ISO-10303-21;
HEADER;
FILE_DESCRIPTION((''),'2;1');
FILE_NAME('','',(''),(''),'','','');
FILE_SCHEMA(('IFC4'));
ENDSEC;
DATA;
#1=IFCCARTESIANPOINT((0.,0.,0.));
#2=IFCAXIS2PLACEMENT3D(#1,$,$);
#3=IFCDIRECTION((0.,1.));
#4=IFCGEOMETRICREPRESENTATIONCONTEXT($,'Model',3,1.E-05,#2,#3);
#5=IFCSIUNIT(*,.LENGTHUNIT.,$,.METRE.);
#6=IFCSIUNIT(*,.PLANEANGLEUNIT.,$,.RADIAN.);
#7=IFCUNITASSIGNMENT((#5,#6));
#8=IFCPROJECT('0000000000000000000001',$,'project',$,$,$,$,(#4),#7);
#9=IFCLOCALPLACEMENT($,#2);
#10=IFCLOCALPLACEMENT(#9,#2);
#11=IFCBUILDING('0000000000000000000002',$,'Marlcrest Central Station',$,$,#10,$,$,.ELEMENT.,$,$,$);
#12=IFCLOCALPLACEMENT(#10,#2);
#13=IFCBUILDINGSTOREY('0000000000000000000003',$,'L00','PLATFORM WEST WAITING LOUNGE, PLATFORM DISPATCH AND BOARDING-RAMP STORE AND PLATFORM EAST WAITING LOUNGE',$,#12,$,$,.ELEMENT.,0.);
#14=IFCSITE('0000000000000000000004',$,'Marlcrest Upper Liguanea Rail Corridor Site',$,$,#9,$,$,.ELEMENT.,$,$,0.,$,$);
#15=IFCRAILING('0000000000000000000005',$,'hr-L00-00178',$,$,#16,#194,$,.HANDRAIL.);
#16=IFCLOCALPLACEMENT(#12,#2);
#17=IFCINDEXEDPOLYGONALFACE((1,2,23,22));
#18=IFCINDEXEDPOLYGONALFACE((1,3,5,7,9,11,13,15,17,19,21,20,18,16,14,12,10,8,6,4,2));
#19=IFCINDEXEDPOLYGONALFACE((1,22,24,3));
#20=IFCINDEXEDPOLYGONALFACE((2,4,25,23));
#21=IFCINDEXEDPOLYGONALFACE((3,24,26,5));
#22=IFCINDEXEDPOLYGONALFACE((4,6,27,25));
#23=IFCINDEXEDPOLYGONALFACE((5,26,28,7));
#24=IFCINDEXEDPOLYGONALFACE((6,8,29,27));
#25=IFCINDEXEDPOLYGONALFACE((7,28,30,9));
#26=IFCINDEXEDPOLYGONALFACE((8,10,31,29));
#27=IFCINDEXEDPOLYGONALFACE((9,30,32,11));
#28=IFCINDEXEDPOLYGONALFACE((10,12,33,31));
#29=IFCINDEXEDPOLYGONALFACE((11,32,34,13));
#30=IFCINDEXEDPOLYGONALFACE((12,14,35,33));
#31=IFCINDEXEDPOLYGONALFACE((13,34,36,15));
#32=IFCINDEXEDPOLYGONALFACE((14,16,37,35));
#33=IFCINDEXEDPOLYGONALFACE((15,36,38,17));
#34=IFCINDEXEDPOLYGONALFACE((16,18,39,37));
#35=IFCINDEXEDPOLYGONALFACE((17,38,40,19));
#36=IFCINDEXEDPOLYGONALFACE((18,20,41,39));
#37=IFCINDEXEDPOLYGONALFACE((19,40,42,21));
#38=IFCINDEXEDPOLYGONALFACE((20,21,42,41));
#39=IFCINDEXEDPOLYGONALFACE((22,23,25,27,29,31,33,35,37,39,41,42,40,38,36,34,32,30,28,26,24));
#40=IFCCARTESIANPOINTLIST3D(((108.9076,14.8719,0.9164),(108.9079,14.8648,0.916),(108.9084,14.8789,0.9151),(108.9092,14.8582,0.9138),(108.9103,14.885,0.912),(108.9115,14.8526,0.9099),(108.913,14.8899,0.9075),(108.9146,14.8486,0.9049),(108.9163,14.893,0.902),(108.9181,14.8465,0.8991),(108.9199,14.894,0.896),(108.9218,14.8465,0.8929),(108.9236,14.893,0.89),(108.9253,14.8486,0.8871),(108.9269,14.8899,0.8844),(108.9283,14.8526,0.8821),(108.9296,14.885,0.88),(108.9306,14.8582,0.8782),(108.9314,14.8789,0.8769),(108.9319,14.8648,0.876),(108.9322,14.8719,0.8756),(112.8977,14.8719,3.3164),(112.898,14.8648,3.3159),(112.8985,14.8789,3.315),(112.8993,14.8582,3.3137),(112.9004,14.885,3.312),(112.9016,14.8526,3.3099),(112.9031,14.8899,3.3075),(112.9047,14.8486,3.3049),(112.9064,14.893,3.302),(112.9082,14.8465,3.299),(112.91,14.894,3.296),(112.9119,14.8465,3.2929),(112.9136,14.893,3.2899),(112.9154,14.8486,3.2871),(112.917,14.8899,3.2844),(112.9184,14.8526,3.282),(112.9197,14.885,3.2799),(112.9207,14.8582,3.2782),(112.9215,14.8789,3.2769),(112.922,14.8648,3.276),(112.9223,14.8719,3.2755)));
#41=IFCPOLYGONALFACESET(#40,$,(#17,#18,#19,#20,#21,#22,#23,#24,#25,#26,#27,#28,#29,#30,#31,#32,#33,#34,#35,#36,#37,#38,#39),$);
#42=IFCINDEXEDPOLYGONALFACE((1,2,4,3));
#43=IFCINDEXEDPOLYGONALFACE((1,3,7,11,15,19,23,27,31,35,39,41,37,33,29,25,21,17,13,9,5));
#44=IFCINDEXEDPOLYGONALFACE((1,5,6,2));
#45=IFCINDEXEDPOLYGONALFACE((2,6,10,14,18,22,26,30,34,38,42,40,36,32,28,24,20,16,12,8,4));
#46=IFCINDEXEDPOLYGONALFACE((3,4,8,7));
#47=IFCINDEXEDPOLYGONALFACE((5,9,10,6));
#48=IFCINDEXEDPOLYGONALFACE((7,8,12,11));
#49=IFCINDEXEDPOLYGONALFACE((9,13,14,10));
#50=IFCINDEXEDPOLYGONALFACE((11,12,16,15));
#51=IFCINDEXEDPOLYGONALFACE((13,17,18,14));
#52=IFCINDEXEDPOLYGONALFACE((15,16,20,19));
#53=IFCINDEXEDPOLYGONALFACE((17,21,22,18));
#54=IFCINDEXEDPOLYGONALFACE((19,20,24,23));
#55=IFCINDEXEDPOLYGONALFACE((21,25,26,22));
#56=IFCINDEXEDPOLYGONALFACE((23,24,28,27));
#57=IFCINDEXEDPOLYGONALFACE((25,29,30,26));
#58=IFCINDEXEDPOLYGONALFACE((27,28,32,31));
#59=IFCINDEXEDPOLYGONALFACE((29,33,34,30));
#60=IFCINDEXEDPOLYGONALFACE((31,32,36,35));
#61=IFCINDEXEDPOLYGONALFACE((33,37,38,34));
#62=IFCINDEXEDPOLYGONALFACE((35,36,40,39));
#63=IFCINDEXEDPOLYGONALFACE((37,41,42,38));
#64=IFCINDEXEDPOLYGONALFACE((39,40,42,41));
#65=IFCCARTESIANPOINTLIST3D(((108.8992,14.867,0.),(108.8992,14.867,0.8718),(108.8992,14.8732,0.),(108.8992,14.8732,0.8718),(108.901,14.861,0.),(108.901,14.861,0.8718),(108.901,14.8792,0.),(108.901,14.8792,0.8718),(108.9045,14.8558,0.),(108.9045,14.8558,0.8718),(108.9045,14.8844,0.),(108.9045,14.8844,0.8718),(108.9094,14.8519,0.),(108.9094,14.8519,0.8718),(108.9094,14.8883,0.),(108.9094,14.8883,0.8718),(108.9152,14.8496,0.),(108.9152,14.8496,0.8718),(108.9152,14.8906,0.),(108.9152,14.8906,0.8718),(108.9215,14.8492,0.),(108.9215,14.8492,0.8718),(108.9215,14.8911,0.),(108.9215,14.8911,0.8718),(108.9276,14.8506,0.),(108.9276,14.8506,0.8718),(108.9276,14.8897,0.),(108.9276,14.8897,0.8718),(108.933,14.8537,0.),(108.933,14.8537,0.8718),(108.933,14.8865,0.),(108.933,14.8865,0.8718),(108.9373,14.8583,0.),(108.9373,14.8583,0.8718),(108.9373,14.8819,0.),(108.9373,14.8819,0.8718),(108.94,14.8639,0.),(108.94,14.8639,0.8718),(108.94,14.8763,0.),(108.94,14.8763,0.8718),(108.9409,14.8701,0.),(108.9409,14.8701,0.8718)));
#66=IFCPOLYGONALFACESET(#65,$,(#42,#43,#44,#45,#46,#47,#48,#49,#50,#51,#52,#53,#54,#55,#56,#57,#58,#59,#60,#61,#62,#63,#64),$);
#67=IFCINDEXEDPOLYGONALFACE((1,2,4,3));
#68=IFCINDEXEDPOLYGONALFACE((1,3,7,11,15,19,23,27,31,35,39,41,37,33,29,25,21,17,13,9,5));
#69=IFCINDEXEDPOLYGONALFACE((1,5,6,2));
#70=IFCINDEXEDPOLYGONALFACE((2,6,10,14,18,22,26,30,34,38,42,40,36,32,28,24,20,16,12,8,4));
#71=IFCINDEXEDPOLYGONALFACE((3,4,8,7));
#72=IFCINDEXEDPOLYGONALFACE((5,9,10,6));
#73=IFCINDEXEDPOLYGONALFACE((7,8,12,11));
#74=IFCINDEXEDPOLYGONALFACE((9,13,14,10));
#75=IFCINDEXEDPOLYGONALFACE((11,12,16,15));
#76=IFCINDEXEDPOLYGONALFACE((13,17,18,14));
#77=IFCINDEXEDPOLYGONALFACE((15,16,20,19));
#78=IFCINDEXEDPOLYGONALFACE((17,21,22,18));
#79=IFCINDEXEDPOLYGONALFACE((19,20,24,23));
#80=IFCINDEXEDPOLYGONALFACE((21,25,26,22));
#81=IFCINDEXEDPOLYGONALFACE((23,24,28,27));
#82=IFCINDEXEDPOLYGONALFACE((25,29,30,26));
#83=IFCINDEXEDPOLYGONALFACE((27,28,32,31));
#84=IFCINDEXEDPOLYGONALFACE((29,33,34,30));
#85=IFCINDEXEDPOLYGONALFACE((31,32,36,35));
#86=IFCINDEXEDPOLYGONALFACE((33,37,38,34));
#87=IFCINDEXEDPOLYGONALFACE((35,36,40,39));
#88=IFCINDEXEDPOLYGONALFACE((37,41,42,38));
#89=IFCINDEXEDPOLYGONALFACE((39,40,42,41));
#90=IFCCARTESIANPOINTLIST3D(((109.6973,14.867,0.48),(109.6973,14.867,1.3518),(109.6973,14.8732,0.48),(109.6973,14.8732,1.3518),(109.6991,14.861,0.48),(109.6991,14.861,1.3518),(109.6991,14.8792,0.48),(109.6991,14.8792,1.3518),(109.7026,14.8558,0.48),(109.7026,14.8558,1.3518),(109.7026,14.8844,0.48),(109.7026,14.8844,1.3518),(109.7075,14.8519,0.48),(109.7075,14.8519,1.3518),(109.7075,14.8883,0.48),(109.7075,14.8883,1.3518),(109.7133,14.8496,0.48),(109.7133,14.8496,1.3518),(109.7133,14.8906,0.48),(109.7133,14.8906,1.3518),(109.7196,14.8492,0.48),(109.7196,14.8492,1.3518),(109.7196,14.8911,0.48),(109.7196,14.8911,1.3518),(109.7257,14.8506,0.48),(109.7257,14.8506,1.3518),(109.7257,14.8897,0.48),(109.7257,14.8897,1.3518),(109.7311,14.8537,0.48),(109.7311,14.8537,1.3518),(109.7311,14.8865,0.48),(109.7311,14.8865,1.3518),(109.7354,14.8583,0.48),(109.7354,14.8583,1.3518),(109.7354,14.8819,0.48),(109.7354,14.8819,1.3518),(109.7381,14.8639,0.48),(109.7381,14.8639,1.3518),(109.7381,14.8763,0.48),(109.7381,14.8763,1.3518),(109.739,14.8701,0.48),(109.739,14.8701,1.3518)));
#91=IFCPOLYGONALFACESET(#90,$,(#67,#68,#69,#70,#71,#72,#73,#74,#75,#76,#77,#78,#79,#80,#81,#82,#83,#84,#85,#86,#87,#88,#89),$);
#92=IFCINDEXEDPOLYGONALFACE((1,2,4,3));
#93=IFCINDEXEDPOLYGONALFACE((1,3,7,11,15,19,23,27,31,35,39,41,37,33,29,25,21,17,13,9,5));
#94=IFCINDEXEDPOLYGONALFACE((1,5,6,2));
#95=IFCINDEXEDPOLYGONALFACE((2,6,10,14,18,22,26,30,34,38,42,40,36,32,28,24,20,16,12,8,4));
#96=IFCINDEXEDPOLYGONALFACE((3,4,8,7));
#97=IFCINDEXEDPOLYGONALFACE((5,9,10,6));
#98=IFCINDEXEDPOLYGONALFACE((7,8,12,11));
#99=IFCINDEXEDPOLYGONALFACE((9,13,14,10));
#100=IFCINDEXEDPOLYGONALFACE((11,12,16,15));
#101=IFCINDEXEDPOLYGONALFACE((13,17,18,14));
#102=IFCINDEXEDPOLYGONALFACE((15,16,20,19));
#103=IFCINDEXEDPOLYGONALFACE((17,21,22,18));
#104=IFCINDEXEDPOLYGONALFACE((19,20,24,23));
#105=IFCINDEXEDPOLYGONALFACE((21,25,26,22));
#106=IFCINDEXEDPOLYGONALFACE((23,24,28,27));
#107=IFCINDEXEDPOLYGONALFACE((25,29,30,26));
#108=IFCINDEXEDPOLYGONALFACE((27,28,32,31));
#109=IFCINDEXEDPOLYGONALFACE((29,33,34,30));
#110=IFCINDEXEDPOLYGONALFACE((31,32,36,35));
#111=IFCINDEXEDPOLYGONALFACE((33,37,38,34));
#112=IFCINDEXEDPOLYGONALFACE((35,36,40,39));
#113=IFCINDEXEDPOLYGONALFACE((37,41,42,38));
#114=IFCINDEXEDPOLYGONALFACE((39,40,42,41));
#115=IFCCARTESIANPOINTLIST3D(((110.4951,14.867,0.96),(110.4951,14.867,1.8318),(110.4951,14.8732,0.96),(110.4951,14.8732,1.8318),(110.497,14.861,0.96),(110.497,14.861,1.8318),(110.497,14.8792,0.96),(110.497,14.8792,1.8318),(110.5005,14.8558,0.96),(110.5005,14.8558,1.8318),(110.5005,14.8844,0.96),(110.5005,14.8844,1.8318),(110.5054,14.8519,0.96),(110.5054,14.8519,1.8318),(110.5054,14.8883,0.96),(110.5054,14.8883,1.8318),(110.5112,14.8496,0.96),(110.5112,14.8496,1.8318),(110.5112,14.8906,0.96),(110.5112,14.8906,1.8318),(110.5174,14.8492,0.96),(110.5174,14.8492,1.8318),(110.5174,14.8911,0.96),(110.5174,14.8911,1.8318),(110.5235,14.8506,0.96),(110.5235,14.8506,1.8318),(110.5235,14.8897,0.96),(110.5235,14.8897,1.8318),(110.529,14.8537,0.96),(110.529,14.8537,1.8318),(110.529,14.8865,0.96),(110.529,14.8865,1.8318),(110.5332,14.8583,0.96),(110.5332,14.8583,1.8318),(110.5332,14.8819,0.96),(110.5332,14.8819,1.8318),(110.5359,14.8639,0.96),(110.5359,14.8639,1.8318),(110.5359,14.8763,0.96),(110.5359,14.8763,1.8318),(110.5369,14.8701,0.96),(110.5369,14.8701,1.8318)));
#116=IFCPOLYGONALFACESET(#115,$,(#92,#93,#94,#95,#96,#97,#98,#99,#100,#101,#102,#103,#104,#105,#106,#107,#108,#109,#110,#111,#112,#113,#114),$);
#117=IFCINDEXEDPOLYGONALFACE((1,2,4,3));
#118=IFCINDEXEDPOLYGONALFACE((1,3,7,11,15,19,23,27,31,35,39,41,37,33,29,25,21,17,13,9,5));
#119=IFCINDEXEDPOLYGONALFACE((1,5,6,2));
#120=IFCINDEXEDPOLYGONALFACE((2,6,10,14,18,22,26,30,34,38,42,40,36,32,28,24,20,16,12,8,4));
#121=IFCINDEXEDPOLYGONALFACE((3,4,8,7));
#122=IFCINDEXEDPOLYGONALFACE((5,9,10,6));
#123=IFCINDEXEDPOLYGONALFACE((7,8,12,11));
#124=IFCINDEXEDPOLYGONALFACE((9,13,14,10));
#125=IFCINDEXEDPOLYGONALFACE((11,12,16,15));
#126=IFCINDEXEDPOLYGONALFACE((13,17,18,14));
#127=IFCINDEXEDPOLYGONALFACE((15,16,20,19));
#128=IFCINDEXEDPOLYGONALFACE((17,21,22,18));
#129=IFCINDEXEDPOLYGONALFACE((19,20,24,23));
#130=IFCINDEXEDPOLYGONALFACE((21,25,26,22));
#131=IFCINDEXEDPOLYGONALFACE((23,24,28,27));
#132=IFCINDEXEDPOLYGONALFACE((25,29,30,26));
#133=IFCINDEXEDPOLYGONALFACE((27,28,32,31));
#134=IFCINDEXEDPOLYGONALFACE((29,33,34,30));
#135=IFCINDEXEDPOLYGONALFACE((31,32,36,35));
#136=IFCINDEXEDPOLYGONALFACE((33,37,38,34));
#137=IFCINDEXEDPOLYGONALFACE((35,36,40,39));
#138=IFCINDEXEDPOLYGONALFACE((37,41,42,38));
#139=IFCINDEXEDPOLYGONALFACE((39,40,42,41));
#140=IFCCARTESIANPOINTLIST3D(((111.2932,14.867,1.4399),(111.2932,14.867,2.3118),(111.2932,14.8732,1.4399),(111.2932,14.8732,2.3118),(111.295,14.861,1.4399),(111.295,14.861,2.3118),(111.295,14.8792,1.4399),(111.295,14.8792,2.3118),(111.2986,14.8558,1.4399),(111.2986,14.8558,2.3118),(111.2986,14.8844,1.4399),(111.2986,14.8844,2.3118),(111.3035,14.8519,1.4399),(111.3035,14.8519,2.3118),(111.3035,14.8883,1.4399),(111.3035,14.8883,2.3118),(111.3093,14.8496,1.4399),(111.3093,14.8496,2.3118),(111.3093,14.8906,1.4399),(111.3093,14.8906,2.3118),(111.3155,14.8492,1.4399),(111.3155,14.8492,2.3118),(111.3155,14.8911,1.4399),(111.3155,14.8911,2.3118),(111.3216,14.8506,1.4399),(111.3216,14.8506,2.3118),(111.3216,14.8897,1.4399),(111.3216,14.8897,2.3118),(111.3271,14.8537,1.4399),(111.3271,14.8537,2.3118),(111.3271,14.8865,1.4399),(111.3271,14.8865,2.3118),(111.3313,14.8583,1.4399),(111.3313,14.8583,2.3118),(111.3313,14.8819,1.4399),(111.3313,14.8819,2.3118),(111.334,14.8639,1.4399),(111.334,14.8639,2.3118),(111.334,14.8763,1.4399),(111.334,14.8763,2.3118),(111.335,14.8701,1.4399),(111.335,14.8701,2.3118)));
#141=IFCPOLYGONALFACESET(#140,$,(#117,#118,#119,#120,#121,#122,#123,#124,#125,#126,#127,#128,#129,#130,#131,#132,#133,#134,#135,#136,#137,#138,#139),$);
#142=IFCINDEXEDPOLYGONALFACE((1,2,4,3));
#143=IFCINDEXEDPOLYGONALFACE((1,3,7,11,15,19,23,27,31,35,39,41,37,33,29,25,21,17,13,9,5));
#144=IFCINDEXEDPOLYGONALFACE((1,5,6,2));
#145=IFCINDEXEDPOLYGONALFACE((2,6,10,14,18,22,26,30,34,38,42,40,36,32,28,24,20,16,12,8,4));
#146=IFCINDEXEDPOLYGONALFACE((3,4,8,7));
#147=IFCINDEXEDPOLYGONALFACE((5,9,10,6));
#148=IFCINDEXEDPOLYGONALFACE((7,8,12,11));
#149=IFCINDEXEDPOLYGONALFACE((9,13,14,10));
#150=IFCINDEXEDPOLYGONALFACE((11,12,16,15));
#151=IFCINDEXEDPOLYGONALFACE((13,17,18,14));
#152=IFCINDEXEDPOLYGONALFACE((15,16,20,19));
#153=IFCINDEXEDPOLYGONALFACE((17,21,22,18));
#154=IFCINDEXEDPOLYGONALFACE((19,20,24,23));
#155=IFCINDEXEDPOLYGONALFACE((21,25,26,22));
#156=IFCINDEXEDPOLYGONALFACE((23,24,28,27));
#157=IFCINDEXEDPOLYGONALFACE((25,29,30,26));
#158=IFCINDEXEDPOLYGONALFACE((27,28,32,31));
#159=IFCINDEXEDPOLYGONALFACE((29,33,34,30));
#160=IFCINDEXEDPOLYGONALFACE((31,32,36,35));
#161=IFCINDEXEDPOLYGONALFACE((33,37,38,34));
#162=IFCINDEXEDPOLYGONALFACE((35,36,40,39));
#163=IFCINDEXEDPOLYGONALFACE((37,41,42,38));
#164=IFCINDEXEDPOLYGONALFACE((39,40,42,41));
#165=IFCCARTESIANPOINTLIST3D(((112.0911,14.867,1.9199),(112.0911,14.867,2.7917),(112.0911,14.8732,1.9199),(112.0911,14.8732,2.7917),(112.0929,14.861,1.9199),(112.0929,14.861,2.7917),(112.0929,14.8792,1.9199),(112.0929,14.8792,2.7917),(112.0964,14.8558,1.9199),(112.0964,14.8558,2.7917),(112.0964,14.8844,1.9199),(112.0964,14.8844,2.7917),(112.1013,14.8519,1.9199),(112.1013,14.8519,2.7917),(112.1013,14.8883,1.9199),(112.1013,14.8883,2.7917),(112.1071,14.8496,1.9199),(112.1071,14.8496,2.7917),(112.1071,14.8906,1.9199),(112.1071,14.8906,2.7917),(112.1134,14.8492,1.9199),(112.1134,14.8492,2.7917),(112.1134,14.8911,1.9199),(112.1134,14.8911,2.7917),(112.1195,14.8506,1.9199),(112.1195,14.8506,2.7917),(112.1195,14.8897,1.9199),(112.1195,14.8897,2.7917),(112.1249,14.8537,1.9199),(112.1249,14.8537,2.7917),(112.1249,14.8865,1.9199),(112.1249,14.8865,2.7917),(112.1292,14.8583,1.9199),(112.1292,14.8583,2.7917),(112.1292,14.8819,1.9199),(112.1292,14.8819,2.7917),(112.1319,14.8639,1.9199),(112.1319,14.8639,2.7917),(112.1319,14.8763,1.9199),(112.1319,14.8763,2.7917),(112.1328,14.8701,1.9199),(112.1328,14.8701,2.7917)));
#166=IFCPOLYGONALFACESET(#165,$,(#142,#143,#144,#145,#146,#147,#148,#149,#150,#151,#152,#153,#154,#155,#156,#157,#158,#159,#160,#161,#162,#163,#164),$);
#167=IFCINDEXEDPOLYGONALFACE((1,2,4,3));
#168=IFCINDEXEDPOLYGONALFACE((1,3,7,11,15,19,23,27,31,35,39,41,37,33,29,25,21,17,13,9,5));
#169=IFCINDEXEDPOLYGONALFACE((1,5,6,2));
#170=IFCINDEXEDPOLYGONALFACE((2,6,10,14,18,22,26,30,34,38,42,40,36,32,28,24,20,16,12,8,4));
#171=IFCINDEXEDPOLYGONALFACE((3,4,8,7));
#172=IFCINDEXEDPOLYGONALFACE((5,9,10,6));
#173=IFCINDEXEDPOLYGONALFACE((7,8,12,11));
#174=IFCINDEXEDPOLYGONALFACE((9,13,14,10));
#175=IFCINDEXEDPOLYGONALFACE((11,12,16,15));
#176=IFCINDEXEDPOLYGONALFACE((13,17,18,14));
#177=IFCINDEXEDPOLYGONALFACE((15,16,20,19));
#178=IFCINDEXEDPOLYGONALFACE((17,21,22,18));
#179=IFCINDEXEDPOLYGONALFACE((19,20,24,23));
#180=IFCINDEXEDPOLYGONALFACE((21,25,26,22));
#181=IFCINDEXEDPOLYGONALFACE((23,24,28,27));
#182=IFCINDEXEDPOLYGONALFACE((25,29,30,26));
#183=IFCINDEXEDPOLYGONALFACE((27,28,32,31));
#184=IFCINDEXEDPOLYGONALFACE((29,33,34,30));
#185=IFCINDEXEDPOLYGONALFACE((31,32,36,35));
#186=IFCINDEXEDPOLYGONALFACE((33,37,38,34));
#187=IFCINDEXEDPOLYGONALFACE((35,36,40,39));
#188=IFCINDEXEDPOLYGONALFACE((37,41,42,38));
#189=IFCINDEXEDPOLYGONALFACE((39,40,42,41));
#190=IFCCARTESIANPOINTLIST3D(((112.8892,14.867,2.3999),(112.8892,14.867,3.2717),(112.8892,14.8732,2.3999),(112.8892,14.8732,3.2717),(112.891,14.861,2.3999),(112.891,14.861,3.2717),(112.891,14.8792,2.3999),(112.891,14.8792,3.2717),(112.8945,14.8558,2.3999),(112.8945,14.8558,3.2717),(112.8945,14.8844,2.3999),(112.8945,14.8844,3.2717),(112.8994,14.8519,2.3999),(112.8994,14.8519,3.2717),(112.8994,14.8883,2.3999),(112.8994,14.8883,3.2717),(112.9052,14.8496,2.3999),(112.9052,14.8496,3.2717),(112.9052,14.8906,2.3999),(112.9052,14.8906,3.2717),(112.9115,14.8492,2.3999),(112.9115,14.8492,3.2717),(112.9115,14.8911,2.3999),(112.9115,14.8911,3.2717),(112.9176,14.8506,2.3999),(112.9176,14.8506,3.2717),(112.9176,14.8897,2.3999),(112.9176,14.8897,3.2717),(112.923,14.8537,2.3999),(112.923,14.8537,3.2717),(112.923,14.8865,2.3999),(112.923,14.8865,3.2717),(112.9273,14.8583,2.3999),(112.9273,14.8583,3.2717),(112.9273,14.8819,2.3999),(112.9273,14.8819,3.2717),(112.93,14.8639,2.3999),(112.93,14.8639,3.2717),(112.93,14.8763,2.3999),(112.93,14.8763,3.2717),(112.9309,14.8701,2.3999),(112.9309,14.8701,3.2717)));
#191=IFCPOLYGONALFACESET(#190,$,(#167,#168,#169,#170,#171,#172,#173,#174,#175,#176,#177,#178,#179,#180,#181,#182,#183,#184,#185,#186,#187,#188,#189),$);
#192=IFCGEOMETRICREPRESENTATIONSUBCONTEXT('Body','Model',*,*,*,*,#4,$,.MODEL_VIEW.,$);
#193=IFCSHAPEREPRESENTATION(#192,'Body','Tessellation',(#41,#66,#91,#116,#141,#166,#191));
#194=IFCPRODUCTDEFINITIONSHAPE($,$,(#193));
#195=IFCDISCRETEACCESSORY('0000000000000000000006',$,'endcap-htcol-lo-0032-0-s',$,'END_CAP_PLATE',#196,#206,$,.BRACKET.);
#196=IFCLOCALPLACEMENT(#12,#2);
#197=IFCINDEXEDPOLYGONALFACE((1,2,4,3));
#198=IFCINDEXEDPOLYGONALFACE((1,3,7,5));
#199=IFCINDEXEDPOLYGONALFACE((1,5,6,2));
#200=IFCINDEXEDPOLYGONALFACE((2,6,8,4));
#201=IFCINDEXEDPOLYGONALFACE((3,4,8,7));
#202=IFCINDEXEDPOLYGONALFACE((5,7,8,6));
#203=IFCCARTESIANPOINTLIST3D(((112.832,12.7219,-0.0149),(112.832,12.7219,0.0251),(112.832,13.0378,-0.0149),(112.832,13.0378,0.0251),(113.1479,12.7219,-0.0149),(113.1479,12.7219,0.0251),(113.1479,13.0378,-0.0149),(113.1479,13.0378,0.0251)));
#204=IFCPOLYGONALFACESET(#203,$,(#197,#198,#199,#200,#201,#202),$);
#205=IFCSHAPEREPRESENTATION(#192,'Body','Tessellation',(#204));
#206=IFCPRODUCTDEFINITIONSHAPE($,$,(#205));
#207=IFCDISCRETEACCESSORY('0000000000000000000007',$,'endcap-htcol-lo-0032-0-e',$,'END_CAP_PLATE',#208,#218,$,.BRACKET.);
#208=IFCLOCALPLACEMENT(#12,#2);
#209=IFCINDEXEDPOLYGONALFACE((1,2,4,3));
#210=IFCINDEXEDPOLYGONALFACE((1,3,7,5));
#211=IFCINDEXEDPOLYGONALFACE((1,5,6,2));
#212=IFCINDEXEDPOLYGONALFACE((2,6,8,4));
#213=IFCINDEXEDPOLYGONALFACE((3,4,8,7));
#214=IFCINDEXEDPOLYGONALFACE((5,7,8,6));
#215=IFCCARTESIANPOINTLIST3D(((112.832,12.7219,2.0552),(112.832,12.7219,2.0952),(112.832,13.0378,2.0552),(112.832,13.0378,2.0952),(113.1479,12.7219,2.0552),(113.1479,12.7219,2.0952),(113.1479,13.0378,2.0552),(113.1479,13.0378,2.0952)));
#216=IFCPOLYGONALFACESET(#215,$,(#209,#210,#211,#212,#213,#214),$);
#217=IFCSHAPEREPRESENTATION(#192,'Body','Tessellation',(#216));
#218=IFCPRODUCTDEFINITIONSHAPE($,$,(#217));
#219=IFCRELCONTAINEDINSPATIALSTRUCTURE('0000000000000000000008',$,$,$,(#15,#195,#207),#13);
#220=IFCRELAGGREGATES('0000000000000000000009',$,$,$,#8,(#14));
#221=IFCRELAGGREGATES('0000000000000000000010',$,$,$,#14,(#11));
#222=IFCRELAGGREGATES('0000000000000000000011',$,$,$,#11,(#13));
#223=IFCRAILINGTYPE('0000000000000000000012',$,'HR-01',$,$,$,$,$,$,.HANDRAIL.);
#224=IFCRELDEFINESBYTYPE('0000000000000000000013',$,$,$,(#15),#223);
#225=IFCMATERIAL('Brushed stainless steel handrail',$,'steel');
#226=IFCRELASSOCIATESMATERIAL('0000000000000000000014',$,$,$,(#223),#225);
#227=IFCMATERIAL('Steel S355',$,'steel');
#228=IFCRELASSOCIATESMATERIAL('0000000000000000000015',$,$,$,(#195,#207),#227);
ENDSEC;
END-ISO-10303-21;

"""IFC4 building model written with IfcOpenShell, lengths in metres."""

from ifc_helpers import new_model, si_unit, direction, frame, origin, origin_2d, place, context, subcontext, project, spatial, rectangle, circle, extrude, material, type_object, element, save


model = new_model("IFC4")

# Units and contexts
model_context = context("Model", 3, precision=1e-05, world=origin(), true_north=direction((0.0, 1.0)))
body_context = subcontext(model_context, "Body", "Model", "MODEL_VIEW")
ifc_project = project(units=[si_unit("LENGTHUNIT", "METRE"), si_unit("PLANEANGLEUNIT", "RADIAN")], contexts=[model_context])

# Site, building, storey
site_placement = place(None, origin())
site = spatial("IfcSite", under=ifc_project, at=site_placement, Name="Marlcrest Upper Liguanea Rail Corridor Site", CompositionType="ELEMENT", RefElevation=0.0)
building_placement = place(site_placement, origin())
building = spatial("IfcBuilding", under=site, at=building_placement, Name="Marlcrest Central Station", CompositionType="ELEMENT")
storey_placement = place(building_placement, origin())
storey = spatial("IfcBuildingStorey", under=building, at=storey_placement, Name="L00", Description="PLATFORM WEST WAITING LOUNGE, PLATFORM DISPATCH AND BOARDING-RAMP STORE AND PLATFORM EAST WAITING LOUNGE", CompositionType="ELEMENT", Elevation=0.0)

# Shared definitions
ifc_material_1 = material(Name="Steel S355", Category="steel")

# Railing
ifc_material_2 = material(Name="Brushed stainless steel handrail", Category="steel")
railing_type_1 = type_object("IfcRailingType", Name="HR-01", PredefinedType="HANDRAIL", material=ifc_material_2)
railing_1_placement = place(storey_placement, frame((108.9199, 14.8701, 0.0)))
element("IfcRailing", 1, at=railing_1_placement, inside=storey, type_object=railing_type_1, Name="hr-L00-00178", PredefinedType="HANDRAIL", context=body_context, shape_type="SweptSolid", body=[
    extrude(circle(Radius=0.0239, at=origin_2d()), frame((0.0, 0.0, 0.896), z_axis=(0.856933, 0.0, 0.515428), x_axis=(0.0, 1.0, 0.0)), (0.0, 0.0, 1.0), 4.6562),
    extrude(circle(Radius=0.021, at=origin_2d()), origin(), (0.0, 0.0, 1.0), 0.8718),
    extrude(circle(Radius=0.021, at=origin_2d()), frame((0.7981, 0.0, 0.48)), (0.0, 0.0, 1.0), 0.8718),
    extrude(circle(Radius=0.021, at=origin_2d()), frame((1.5959, 0.0, 0.96)), (0.0, 0.0, 1.0), 0.8718),
    extrude(circle(Radius=0.021, at=origin_2d()), frame((2.394, 0.0, 1.4399)), (0.0, 0.0, 1.0), 0.8718),
    extrude(circle(Radius=0.021, at=origin_2d()), frame((3.1919, 0.0, 1.9199)), (0.0, 0.0, 1.0), 0.8718),
    extrude(circle(Radius=0.021, at=origin_2d()), frame((3.99, 0.0, 2.3999)), (0.0, 0.0, 1.0), 0.8718),
])

# Discrete accessories
for number, where, z_axis, x_axis, name in (
    (2, (112.99, 12.8799, -0.0149), (0.0, 0.0, 1.0), (1.0, 0.0, 0.0), "endcap-htcol-lo-0032-0-s"),
    (3, (112.99, 12.8799, 2.0552), (0.0, 0.0, 1.0), (1.0, 0.0, 0.0), "endcap-htcol-lo-0032-0-e"),
):
    element("IfcDiscreteAccessory", number, at=place(storey_placement, frame(where, z_axis=z_axis, x_axis=x_axis)), inside=storey, material=ifc_material_1, Name=name, ObjectType="END_CAP_PLATE", PredefinedType="BRACKET", context=body_context, shape_type="SweptSolid", body=[
        extrude(rectangle(XDim=0.3159, YDim=0.3159, at=origin_2d()), origin(), (0.0, 0.0, 1.0), 0.04),
    ])

save(model, "model.ifc")
